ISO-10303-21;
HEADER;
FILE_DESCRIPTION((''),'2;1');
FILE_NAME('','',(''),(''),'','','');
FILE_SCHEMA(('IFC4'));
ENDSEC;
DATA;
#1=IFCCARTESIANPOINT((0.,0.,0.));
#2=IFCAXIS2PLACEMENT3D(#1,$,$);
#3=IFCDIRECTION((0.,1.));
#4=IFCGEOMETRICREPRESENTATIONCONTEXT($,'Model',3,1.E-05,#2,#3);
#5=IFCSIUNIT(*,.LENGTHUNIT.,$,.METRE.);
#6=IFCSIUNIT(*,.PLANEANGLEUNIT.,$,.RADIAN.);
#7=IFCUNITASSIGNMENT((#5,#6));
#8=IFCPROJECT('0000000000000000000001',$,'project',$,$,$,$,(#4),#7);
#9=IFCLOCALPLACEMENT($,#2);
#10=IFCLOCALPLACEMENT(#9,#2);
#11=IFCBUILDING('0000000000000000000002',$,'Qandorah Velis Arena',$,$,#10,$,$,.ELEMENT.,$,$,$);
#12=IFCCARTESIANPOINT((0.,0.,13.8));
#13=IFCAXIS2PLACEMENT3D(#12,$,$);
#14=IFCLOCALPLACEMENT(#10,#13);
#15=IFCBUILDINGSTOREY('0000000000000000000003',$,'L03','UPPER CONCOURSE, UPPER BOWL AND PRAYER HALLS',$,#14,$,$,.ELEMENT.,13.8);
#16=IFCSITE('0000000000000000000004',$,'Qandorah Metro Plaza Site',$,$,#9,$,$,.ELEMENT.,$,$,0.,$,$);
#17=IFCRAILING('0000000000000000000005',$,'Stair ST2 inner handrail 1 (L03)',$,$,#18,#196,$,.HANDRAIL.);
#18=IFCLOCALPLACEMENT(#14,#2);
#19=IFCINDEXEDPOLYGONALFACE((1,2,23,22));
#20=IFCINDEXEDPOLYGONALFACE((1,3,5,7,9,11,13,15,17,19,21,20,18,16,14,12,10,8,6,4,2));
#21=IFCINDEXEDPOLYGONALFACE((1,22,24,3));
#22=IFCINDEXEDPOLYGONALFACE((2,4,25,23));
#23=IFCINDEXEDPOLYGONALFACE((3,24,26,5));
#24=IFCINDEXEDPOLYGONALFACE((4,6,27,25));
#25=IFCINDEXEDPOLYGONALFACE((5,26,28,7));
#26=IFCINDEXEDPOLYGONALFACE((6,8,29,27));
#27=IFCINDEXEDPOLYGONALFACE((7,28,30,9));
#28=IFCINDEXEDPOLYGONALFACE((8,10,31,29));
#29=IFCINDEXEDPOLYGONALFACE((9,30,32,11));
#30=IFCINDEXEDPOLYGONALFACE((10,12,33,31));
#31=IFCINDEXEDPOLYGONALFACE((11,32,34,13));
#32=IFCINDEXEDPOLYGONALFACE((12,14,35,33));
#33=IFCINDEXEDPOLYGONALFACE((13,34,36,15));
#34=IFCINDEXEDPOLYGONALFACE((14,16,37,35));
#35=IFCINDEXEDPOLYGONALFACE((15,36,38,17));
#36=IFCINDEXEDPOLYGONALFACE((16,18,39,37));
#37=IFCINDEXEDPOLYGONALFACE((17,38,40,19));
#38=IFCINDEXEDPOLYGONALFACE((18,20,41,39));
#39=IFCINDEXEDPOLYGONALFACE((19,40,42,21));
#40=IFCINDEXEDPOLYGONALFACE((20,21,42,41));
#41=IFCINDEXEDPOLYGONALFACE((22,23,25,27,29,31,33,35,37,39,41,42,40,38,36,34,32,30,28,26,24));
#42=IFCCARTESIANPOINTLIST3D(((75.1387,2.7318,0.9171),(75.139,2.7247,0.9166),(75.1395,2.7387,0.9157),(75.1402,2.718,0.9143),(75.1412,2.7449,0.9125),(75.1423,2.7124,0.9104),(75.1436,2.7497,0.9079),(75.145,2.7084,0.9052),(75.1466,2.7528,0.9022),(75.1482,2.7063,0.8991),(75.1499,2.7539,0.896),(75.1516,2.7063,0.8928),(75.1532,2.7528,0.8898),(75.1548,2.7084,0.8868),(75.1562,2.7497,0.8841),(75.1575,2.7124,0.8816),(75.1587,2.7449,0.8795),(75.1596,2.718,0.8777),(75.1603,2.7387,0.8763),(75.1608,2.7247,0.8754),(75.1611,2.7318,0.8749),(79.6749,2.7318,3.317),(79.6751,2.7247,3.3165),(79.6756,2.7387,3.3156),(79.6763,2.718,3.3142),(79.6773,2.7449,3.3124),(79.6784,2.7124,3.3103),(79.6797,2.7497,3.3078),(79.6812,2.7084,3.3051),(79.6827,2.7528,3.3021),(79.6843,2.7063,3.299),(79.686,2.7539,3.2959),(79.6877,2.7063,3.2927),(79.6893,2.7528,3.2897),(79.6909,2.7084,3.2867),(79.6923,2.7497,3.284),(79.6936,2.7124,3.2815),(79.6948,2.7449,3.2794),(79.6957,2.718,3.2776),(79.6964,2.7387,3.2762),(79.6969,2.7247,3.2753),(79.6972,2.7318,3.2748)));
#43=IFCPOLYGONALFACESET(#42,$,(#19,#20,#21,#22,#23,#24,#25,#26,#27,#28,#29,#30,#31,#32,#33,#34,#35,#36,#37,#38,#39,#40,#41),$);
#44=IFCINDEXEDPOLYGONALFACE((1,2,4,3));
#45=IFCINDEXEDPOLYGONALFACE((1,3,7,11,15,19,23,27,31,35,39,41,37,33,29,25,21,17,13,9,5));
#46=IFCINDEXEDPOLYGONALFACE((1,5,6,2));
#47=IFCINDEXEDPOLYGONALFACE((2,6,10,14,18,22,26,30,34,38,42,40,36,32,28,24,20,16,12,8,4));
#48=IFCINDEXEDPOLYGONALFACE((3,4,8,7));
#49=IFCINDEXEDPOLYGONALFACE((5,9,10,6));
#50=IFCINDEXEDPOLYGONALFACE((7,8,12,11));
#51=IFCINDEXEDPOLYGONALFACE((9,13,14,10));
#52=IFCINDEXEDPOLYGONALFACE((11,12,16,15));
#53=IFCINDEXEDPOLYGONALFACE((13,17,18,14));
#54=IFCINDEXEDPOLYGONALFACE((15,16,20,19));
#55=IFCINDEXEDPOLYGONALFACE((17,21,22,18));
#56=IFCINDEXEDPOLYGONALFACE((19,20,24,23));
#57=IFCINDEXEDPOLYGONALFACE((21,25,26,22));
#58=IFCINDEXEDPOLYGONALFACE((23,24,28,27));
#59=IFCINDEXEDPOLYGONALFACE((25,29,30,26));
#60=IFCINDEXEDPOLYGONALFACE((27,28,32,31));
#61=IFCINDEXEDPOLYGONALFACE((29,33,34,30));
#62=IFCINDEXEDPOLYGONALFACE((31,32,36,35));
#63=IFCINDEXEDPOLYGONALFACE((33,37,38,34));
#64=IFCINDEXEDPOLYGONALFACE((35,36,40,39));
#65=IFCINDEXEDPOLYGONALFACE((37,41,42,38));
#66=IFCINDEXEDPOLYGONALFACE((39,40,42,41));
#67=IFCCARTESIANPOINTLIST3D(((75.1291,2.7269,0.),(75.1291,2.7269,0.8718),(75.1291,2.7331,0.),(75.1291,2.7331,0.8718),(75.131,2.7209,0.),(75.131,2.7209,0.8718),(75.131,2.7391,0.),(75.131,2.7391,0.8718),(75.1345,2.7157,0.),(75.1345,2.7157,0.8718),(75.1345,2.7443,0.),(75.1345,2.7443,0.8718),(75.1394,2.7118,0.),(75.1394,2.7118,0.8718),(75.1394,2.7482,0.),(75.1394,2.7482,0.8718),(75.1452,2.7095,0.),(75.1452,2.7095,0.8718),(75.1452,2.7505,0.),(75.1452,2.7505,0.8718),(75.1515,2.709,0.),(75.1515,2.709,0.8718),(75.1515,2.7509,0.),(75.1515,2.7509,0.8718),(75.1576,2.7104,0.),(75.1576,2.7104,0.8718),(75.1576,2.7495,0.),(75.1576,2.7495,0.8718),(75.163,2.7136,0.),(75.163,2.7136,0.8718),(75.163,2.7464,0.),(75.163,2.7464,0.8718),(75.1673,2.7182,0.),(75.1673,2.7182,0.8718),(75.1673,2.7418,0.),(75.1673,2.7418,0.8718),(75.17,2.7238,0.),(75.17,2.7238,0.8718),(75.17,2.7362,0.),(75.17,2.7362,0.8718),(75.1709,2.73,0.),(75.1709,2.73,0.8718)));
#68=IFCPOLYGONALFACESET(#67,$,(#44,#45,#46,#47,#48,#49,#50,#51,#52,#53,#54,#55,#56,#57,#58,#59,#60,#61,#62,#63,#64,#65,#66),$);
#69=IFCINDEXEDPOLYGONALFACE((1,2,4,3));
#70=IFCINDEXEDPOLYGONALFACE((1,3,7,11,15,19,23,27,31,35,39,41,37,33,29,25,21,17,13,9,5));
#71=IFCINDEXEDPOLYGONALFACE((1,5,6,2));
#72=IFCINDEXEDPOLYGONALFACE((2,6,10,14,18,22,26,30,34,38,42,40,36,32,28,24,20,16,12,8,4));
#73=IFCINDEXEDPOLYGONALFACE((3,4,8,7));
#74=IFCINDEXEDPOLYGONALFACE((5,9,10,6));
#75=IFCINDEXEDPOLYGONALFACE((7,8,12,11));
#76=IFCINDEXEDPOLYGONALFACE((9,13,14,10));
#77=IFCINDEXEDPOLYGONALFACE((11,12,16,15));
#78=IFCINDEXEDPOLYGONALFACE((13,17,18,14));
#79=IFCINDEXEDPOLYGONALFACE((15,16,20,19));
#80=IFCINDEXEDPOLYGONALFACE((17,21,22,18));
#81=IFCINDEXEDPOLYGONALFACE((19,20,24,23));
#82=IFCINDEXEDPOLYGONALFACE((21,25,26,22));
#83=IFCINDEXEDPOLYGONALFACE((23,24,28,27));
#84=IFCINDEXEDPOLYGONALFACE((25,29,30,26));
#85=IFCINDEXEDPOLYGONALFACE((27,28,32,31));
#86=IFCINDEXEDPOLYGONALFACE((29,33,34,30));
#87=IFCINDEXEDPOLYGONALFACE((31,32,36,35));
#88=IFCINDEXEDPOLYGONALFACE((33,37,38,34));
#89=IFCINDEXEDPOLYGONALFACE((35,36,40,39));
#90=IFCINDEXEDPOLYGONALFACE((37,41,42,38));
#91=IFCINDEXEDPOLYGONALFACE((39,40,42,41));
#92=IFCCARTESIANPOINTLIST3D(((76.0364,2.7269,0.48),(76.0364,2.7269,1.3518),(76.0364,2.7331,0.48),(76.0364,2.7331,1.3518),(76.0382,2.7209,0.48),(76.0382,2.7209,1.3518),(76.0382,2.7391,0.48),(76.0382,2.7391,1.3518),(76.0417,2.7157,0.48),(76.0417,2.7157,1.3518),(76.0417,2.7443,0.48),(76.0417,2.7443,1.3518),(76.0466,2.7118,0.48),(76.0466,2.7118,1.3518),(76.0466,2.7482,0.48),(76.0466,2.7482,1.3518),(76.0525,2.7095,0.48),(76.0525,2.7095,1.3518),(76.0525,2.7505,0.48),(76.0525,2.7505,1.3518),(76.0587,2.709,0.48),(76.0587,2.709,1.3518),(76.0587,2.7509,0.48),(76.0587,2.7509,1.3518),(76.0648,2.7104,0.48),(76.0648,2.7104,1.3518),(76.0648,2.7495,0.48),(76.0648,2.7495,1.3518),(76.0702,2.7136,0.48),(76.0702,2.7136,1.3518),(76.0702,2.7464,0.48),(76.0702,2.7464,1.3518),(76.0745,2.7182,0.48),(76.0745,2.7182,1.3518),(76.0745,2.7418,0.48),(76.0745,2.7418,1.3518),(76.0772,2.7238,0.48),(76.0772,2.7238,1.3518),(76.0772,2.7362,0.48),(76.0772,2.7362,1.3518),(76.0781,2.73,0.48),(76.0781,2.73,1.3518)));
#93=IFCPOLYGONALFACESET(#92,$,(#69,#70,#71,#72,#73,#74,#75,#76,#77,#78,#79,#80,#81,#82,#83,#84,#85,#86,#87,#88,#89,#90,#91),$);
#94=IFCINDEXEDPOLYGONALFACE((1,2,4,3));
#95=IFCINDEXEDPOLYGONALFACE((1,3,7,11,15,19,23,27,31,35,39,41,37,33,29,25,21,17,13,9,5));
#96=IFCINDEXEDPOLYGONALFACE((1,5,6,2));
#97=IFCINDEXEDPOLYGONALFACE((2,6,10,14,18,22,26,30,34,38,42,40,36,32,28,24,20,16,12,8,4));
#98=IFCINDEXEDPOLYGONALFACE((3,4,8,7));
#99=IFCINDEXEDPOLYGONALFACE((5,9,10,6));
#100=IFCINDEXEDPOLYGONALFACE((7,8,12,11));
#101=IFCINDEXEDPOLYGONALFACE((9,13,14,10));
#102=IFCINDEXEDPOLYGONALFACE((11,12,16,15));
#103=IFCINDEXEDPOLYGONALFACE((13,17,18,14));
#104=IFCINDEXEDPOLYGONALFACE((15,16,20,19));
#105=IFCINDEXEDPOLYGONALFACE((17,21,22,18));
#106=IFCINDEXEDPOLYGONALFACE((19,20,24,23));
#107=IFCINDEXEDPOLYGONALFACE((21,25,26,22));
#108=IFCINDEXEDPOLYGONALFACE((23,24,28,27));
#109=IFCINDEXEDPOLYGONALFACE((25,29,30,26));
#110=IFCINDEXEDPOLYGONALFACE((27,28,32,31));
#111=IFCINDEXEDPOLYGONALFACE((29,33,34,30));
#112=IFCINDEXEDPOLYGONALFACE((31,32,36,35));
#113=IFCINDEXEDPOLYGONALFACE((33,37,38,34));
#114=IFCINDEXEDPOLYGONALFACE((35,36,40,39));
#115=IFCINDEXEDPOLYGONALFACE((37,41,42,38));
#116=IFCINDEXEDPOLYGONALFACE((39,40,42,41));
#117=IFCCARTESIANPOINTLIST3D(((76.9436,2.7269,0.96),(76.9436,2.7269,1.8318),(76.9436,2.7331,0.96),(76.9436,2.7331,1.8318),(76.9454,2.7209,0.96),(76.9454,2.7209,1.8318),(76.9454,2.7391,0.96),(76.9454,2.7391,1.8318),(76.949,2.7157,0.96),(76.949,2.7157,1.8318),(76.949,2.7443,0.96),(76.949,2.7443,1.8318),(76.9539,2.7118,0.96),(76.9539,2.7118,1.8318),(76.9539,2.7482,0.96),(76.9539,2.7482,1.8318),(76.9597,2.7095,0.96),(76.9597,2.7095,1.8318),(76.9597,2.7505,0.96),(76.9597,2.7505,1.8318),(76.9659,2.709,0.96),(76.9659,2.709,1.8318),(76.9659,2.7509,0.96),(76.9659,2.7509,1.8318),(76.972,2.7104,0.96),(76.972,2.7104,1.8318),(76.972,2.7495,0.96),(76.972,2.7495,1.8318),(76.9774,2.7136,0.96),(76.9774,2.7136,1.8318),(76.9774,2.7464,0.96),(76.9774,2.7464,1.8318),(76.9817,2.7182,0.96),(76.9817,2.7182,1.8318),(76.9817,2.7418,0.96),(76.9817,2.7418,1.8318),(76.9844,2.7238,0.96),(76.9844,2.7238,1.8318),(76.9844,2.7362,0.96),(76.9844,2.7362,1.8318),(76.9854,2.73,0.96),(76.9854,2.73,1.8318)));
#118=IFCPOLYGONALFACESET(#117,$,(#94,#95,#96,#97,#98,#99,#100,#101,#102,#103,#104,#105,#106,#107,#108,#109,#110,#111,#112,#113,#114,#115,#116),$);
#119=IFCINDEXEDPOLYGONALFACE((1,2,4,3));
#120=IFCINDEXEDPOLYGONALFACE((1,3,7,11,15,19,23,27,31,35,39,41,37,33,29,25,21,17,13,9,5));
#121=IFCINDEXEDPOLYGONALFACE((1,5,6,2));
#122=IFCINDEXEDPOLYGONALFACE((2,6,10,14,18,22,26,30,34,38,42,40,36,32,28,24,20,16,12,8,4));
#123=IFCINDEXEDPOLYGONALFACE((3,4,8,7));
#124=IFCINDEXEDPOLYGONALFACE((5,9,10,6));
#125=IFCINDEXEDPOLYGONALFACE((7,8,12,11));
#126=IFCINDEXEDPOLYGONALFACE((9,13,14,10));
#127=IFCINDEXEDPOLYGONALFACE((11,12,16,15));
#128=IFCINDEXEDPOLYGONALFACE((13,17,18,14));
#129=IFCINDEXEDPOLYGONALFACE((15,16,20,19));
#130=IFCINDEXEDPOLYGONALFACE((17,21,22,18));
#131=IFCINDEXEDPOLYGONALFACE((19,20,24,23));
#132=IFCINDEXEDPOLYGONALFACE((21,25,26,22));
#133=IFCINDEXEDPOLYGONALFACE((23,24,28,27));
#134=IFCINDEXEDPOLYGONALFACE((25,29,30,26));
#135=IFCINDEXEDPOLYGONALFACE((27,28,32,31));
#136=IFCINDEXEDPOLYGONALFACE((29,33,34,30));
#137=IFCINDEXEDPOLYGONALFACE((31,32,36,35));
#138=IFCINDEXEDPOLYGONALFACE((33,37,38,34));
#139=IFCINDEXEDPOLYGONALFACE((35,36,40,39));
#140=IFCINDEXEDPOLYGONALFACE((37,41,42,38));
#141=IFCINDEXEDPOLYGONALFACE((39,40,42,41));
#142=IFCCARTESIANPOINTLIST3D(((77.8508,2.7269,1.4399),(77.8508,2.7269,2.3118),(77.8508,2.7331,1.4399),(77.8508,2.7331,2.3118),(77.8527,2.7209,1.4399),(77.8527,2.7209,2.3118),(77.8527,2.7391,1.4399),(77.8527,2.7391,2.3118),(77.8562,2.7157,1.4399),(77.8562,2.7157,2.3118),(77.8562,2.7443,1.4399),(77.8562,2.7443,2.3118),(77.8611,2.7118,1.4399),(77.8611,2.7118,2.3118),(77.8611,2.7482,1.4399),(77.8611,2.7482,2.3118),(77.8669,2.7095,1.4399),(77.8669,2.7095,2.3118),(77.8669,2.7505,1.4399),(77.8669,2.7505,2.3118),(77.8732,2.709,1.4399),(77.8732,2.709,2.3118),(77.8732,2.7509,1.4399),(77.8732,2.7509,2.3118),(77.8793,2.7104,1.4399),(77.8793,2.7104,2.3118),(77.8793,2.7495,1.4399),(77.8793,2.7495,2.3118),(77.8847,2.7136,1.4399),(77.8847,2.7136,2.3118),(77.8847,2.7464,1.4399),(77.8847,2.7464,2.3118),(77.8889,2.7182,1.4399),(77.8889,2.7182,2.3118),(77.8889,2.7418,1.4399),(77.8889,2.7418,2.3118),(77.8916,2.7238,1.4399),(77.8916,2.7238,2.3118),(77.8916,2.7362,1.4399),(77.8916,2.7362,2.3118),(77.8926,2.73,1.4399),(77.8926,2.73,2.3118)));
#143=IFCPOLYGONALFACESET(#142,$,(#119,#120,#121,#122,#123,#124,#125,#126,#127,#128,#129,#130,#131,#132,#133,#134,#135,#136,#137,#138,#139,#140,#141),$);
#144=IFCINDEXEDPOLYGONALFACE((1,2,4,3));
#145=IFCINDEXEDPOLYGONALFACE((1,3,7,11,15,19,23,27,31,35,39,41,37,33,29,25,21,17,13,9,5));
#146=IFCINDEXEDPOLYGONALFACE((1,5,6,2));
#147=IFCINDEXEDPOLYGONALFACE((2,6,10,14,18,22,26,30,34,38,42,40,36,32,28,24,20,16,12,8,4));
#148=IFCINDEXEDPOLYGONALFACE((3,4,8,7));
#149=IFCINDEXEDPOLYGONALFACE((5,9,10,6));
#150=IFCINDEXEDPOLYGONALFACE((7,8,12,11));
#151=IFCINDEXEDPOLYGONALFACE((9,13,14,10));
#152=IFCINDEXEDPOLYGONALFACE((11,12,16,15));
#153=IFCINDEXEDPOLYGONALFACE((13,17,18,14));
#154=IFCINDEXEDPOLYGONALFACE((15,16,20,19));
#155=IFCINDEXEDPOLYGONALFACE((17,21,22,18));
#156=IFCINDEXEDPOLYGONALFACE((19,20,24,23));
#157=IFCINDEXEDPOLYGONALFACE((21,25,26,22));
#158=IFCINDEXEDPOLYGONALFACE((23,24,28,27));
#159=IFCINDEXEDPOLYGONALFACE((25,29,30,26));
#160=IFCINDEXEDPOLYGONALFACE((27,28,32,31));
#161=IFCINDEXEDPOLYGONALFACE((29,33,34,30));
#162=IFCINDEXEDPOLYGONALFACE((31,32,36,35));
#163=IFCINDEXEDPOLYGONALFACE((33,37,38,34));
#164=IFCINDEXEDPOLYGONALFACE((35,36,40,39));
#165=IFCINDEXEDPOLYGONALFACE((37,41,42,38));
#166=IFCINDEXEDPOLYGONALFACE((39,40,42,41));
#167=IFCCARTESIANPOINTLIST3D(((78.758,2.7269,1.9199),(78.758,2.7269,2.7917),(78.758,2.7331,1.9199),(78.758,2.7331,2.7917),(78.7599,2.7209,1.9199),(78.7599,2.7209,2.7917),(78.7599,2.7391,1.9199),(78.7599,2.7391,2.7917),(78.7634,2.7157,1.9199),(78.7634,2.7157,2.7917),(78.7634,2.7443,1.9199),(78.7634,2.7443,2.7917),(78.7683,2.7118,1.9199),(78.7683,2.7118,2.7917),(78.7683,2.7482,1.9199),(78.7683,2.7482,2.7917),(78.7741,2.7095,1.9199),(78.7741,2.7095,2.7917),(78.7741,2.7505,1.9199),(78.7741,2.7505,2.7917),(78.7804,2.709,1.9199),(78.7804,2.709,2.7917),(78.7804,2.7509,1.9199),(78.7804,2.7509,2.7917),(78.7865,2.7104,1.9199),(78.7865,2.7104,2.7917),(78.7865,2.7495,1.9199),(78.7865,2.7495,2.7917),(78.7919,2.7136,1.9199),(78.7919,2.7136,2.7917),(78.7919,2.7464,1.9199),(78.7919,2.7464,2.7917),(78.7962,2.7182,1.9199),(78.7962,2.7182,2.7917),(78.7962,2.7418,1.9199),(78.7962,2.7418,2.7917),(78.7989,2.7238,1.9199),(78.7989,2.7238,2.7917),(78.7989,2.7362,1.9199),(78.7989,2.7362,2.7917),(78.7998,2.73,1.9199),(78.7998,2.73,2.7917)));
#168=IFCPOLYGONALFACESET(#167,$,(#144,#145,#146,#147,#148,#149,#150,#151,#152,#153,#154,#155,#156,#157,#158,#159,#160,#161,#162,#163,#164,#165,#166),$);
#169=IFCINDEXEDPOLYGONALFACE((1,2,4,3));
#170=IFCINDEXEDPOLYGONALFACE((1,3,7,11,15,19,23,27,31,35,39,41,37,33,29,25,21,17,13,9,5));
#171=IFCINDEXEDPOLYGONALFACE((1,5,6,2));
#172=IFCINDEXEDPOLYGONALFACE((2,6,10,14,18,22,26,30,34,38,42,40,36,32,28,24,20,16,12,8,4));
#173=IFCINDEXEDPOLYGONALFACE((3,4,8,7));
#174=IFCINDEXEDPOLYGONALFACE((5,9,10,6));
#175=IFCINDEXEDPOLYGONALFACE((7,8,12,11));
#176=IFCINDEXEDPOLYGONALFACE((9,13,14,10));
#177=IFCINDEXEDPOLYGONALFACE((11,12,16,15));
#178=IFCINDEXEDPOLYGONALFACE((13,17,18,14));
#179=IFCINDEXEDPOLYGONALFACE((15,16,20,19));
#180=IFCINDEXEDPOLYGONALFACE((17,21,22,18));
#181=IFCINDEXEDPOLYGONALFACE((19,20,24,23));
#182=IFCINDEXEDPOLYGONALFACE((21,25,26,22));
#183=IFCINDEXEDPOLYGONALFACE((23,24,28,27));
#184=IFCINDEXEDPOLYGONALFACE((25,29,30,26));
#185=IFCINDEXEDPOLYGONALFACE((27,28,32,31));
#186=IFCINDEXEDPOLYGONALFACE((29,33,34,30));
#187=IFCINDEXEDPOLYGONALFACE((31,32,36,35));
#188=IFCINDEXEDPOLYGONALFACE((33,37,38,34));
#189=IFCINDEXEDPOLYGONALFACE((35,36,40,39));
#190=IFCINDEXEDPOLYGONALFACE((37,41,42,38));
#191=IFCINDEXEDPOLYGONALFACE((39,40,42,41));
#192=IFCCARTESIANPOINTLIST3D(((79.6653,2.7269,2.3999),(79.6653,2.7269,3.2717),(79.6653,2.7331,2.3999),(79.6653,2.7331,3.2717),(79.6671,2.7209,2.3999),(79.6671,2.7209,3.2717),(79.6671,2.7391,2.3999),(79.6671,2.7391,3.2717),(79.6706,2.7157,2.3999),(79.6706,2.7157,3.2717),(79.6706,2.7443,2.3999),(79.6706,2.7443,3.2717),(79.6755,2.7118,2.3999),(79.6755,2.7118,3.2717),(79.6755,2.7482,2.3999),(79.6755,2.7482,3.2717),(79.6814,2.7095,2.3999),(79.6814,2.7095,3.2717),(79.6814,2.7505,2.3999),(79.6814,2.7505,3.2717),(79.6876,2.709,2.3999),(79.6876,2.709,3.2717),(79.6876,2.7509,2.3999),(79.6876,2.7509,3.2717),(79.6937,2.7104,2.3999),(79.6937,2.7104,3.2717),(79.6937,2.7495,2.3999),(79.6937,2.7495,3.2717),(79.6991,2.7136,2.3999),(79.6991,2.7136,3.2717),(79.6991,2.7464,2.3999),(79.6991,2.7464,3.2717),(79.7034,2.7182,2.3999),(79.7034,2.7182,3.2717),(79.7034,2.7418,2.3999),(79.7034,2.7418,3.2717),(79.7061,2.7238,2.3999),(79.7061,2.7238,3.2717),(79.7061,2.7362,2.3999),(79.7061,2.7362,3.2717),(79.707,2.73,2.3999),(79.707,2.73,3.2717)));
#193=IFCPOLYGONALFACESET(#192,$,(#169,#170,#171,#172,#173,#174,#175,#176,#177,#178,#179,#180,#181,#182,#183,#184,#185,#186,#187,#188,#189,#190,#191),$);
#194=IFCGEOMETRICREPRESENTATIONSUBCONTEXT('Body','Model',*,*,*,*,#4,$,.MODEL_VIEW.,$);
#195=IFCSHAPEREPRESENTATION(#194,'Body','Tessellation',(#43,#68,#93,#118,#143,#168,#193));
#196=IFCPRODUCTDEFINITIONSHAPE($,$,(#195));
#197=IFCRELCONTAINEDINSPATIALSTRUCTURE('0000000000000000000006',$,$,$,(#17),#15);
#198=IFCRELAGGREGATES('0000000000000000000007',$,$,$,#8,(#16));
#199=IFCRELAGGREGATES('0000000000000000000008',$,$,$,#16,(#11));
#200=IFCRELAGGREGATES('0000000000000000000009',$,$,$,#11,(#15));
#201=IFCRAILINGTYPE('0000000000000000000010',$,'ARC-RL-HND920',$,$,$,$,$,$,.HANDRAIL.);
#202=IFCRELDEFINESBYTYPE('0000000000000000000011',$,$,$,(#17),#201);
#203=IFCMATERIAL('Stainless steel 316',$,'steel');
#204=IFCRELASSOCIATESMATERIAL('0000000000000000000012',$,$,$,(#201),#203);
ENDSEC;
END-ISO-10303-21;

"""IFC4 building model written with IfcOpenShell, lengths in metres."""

from ifc_helpers import new_model, si_unit, direction, frame, origin, origin_2d, place, context, subcontext, project, spatial, circle, extrude, material, type_object, element, save


model = new_model("IFC4")

# Units and contexts
model_context = context("Model", 3, precision=1e-05, world=origin(), true_north=direction((0.0, 1.0)))
body_context = subcontext(model_context, "Body", "Model", "MODEL_VIEW")
ifc_project = project(units=[si_unit("LENGTHUNIT", "METRE"), si_unit("PLANEANGLEUNIT", "RADIAN")], contexts=[model_context])

# Site, building, storey
site_placement = place(None, origin())
site = spatial("IfcSite", under=ifc_project, at=site_placement, Name="Qandorah Metro Plaza Site", CompositionType="ELEMENT", RefElevation=0.0)
building_placement = place(site_placement, origin())
building = spatial("IfcBuilding", under=site, at=building_placement, Name="Qandorah Velis Arena", CompositionType="ELEMENT")
storey_placement = place(building_placement, frame((0.0, 0.0, 13.8)))
storey = spatial("IfcBuildingStorey", under=building, at=storey_placement, Name="L03", Description="UPPER CONCOURSE, UPPER BOWL AND PRAYER HALLS", CompositionType="ELEMENT", Elevation=13.8)

# Railing
ifc_material_1 = material(Name="Stainless steel 316", Category="steel")
railing_type_1 = type_object("IfcRailingType", Name="ARC-RL-HND920", PredefinedType="HANDRAIL", material=ifc_material_1)
railing_1_placement = place(storey_placement, frame((75.1499, 2.73, 0.0)))
element("IfcRailing", 1, at=railing_1_placement, inside=storey, type_object=railing_type_1, Name="Stair ST2 inner handrail 1 (L03)", PredefinedType="HANDRAIL", context=body_context, shape_type="SweptSolid", body=[
    extrude(circle(Radius=0.0239, at=origin_2d()), frame((0.0, 0.0, 0.896), z_axis=(0.883915, 0.0, 0.467647), x_axis=(0.0, 1.0, 0.0)), (0.0, 0.0, 1.0), 5.1318),
    extrude(circle(Radius=0.021, at=origin_2d()), origin(), (0.0, 0.0, 1.0), 0.8718),
    extrude(circle(Radius=0.021, at=origin_2d()), frame((0.9072, 0.0, 0.48)), (0.0, 0.0, 1.0), 0.8718),
    extrude(circle(Radius=0.021, at=origin_2d()), frame((1.8145, 0.0, 0.96)), (0.0, 0.0, 1.0), 0.8718),
    extrude(circle(Radius=0.021, at=origin_2d()), frame((2.7217, 0.0, 1.4399)), (0.0, 0.0, 1.0), 0.8718),
    extrude(circle(Radius=0.021, at=origin_2d()), frame((3.6289, 0.0, 1.9199)), (0.0, 0.0, 1.0), 0.8718),
    extrude(circle(Radius=0.021, at=origin_2d()), frame((4.5361, 0.0, 2.3999)), (0.0, 0.0, 1.0), 0.8718),
])

save(model, "model.ifc")
